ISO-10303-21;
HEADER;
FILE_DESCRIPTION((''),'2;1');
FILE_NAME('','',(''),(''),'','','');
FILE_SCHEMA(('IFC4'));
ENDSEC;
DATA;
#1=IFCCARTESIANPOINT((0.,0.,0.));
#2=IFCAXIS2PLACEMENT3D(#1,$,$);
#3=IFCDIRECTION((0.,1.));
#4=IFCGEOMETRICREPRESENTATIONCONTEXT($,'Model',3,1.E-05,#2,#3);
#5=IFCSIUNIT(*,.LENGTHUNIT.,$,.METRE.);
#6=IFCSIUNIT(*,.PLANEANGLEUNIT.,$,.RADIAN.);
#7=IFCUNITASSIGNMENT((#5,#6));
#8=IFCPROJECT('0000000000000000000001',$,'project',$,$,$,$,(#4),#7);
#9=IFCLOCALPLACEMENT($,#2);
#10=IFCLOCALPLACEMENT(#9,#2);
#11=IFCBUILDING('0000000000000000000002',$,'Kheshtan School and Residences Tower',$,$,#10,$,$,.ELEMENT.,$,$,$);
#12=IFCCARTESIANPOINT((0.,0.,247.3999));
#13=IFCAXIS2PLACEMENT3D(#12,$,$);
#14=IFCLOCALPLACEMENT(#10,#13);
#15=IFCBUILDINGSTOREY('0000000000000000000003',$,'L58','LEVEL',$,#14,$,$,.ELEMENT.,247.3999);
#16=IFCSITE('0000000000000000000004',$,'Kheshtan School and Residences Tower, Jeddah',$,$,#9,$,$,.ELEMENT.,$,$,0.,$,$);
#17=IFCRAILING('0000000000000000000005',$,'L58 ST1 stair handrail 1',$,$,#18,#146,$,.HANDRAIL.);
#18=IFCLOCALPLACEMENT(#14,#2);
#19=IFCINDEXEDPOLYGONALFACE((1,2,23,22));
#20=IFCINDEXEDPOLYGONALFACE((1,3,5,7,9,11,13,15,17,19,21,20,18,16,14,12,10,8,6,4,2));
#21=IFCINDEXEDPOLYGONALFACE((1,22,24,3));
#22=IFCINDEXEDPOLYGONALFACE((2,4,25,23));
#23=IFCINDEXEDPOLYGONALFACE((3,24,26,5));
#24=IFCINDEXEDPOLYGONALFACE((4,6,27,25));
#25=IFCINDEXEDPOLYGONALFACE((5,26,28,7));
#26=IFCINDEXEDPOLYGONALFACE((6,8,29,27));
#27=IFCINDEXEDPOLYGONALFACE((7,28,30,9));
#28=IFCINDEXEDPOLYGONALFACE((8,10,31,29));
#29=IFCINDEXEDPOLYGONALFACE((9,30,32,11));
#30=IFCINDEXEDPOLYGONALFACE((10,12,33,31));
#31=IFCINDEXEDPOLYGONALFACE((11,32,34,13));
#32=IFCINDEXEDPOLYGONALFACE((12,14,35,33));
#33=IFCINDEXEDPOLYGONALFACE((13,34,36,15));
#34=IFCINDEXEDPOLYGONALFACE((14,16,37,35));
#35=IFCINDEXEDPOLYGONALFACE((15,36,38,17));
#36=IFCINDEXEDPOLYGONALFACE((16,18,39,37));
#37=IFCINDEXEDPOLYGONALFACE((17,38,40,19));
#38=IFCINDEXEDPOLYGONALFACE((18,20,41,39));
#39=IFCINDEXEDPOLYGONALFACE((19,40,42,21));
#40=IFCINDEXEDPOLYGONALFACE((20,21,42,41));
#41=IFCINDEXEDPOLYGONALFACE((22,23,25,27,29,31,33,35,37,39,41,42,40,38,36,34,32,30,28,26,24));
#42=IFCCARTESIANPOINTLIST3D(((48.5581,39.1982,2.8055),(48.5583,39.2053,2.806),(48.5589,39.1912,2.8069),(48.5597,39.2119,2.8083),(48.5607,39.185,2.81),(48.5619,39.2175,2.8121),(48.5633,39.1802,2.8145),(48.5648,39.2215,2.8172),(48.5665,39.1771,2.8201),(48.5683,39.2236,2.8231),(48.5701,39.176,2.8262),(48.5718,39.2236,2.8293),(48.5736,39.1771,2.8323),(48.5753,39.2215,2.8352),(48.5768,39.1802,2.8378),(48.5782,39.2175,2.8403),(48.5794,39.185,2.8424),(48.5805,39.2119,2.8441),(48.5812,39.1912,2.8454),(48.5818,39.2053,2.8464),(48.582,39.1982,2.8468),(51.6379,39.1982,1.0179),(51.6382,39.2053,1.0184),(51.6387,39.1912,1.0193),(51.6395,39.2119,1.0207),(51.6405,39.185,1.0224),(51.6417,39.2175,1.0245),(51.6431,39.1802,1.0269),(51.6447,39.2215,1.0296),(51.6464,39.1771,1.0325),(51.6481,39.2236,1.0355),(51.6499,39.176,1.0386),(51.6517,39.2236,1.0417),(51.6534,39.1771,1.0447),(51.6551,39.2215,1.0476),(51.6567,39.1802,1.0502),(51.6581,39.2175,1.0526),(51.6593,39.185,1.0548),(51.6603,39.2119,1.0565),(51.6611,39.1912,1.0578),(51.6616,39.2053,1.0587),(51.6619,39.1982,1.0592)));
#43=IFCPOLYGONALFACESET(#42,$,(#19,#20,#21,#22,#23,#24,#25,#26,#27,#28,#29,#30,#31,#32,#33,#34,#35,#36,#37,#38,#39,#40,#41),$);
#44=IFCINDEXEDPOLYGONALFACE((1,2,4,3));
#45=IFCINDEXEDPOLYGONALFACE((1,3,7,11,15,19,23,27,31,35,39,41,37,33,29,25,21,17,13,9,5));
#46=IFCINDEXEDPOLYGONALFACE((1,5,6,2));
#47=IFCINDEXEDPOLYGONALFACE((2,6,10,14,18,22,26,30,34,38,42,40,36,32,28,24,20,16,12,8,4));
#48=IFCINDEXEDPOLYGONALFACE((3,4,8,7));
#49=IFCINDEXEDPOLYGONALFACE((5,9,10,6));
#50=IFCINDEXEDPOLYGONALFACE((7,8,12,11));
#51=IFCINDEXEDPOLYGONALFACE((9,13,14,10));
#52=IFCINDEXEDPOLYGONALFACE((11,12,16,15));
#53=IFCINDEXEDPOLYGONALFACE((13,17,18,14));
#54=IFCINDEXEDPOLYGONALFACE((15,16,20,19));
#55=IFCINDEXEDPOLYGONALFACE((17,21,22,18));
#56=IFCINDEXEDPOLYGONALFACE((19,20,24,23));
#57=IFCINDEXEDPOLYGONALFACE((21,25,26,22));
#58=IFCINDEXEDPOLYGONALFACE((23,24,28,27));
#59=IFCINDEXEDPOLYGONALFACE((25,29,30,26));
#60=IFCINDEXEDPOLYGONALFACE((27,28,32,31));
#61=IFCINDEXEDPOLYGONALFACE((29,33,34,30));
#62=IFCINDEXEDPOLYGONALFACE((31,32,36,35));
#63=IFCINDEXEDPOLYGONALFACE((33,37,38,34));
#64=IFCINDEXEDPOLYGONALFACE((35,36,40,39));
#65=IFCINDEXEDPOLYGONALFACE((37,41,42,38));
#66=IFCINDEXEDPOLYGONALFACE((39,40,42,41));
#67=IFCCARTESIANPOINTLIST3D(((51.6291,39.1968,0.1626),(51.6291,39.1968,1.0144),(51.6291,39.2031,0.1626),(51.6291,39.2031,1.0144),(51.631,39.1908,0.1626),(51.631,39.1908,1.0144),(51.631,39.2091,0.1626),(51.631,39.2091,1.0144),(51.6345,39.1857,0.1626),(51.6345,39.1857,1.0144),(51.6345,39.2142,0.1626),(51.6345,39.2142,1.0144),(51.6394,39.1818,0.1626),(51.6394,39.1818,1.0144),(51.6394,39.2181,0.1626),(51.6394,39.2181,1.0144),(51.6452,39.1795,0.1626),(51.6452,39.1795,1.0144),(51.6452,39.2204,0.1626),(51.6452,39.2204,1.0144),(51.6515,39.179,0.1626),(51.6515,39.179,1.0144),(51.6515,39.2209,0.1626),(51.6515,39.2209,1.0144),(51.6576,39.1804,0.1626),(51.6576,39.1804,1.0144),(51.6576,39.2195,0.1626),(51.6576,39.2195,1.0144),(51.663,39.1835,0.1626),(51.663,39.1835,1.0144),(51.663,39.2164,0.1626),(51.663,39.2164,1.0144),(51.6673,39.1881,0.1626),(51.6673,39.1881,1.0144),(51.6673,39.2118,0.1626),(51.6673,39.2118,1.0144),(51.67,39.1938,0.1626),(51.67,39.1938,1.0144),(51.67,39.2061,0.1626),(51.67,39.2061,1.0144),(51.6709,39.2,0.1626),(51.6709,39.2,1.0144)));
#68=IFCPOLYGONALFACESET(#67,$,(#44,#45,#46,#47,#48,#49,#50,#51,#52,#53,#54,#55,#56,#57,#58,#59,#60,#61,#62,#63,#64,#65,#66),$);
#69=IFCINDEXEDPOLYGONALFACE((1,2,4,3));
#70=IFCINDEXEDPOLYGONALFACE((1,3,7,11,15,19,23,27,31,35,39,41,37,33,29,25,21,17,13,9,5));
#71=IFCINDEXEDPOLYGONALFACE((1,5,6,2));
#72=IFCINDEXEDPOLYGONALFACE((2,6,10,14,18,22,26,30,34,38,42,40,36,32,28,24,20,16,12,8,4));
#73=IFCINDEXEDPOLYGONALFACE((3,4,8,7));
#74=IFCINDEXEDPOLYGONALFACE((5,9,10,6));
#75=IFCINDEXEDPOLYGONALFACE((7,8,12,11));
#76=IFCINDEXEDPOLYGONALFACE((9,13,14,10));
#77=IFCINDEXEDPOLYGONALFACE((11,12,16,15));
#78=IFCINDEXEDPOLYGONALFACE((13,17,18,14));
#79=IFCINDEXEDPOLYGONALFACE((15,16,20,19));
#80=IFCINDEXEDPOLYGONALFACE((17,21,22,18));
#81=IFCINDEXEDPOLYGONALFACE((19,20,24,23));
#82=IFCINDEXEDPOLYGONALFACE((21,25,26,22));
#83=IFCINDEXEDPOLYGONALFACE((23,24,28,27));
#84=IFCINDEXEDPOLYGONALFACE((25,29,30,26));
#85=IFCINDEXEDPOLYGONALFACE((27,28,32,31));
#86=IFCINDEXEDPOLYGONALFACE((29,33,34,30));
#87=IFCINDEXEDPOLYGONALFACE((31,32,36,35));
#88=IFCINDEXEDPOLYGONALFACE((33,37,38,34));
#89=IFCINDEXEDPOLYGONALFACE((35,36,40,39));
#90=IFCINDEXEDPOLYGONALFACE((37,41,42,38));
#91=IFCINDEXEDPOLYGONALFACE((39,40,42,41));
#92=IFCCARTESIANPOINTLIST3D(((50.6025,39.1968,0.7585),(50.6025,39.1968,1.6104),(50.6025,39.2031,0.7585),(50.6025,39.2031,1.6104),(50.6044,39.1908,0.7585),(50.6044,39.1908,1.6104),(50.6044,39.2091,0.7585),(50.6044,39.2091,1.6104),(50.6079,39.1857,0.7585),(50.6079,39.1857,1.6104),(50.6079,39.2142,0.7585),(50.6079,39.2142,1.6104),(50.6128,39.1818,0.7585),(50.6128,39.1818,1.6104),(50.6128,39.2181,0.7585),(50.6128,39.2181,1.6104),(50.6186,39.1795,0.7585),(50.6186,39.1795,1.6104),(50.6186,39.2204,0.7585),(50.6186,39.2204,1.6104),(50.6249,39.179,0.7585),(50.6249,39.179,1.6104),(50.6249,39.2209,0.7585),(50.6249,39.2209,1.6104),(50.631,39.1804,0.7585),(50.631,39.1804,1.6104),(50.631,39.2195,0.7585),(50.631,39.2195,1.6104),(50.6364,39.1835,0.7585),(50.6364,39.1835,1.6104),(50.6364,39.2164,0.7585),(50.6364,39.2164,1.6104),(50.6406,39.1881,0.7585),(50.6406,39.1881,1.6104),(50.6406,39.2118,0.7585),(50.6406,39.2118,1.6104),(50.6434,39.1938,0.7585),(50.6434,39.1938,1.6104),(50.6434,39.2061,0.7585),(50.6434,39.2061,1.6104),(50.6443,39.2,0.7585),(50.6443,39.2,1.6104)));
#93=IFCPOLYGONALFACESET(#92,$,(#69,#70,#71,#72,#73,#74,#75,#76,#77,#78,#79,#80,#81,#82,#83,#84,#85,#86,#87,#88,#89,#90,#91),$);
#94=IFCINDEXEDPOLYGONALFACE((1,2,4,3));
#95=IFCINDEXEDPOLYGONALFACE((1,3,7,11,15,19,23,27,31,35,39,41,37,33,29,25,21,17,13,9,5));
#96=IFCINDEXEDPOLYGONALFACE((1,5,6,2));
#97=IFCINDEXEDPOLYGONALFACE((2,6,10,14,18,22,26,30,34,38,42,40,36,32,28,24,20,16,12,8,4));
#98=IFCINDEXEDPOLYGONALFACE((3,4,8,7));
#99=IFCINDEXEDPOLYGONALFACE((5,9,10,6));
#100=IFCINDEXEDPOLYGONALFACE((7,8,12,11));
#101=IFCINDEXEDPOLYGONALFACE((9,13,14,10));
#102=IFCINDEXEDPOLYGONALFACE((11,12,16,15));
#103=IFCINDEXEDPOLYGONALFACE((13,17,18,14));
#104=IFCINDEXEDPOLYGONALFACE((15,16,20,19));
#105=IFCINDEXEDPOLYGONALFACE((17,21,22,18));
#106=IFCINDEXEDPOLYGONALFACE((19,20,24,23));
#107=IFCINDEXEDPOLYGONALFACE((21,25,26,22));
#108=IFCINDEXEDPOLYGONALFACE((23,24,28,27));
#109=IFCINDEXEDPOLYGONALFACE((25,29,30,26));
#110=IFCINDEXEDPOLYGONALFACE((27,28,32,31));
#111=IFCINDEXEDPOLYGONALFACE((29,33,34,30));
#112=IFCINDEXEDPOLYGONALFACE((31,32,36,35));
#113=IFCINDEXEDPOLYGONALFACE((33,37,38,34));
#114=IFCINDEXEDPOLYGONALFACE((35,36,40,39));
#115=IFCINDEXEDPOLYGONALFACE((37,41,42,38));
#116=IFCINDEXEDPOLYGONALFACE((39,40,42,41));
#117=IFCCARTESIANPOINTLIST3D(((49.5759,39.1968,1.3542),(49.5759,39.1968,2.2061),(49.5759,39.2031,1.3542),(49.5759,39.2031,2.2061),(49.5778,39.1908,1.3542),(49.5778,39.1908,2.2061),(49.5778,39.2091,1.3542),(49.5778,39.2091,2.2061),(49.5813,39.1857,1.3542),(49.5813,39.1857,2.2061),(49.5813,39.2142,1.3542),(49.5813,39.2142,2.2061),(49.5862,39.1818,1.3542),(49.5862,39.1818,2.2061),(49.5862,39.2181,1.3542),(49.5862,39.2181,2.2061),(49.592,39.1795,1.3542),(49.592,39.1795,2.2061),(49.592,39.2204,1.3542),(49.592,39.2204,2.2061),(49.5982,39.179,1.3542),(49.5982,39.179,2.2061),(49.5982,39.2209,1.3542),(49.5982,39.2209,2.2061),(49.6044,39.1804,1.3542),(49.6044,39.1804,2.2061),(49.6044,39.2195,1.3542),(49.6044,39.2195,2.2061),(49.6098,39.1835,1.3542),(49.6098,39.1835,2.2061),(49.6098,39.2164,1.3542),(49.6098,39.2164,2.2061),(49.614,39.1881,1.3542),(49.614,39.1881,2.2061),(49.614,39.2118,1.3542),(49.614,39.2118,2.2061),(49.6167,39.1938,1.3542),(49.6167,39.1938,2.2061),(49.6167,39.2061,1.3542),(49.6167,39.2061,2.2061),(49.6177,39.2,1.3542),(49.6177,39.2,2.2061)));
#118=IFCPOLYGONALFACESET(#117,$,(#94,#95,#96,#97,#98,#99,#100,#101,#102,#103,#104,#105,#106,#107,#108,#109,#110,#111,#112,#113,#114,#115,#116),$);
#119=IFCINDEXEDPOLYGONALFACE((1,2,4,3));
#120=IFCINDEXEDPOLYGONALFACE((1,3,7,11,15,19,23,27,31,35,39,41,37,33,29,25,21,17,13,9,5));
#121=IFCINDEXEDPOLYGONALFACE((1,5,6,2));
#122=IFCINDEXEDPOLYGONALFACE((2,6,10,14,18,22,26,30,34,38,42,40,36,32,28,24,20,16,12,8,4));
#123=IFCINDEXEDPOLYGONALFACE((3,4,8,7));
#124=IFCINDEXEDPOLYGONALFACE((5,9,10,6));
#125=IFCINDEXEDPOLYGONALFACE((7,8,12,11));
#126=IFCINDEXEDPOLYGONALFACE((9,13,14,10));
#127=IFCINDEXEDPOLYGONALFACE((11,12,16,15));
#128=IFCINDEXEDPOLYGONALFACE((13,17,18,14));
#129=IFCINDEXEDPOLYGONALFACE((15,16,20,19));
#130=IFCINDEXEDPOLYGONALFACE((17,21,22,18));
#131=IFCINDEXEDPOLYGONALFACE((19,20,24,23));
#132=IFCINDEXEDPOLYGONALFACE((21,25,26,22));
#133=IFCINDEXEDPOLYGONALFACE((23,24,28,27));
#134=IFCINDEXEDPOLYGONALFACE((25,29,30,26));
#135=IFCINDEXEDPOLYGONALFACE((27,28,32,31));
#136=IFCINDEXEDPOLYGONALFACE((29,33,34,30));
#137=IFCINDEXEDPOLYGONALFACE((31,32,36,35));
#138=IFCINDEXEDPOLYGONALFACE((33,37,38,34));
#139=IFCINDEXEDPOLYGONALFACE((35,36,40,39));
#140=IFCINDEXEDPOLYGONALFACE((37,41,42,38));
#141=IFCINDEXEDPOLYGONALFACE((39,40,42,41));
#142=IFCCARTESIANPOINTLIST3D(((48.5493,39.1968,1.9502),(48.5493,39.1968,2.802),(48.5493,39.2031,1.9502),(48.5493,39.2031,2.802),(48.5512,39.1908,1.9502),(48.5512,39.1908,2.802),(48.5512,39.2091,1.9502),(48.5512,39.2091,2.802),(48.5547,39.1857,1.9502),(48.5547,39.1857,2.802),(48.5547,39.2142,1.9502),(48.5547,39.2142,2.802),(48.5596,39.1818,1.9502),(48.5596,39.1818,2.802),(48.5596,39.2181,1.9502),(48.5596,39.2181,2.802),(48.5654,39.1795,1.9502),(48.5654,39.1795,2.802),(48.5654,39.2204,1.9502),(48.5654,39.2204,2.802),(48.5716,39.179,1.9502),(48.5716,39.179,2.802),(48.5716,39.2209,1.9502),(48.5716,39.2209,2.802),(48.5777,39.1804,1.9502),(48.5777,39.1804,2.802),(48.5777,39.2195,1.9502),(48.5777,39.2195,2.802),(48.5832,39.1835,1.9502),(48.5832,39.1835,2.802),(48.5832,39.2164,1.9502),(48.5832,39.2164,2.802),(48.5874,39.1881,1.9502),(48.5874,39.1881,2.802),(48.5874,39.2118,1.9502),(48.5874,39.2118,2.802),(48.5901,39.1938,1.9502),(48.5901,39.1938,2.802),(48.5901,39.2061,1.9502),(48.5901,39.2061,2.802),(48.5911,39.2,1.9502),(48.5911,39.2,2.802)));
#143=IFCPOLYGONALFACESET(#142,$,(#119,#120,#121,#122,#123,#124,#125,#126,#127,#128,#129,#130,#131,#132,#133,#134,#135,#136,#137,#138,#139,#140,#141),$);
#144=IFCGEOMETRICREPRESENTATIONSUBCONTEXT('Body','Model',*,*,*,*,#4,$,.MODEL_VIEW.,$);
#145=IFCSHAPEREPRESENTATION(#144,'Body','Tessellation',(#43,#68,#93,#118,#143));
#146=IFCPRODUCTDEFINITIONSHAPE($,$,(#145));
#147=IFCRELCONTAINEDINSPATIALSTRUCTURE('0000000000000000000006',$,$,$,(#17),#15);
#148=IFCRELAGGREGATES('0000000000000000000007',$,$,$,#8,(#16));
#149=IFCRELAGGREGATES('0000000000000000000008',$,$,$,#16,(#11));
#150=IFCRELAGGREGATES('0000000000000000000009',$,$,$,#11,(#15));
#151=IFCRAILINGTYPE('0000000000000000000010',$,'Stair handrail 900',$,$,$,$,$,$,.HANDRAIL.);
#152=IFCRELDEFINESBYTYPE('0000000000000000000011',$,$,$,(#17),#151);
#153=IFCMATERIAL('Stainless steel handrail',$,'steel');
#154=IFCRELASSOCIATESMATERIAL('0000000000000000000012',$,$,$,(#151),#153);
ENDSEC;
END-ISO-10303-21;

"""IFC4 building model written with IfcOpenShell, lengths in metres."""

from ifc_helpers import new_model, si_unit, direction, frame, origin, origin_2d, place, context, subcontext, project, spatial, circle, extrude, material, type_object, element, save


model = new_model("IFC4")

# Units and contexts
model_context = context("Model", 3, precision=1e-05, world=origin(), true_north=direction((0.0, 1.0)))
body_context = subcontext(model_context, "Body", "Model", "MODEL_VIEW")
ifc_project = project(units=[si_unit("LENGTHUNIT", "METRE"), si_unit("PLANEANGLEUNIT", "RADIAN")], contexts=[model_context])

# Site, building, storey
site_placement = place(None, origin())
site = spatial("IfcSite", under=ifc_project, at=site_placement, Name="Kheshtan School and Residences Tower, Jeddah", CompositionType="ELEMENT", RefElevation=0.0)
building_placement = place(site_placement, origin())
building = spatial("IfcBuilding", under=site, at=building_placement, Name="Kheshtan School and Residences Tower", CompositionType="ELEMENT")
storey_placement = place(building_placement, frame((0.0, 0.0, 247.3999)))
storey = spatial("IfcBuildingStorey", under=building, at=storey_placement, Name="L58", Description="LEVEL", CompositionType="ELEMENT", Elevation=247.3999)

# Railing
ifc_material_1 = material(Name="Stainless steel handrail", Category="steel")
railing_type_1 = type_object("IfcRailingType", Name="Stair handrail 900", PredefinedType="HANDRAIL", material=ifc_material_1)
railing_1_placement = place(storey_placement, frame((51.6499, 39.2, 0.1626)))
element("IfcRailing", 1, at=railing_1_placement, inside=storey, type_object=railing_type_1, Name="L58 ST1 stair handrail 1", PredefinedType="HANDRAIL", context=body_context, shape_type="SweptSolid", body=[
    extrude(circle(Radius=0.0239, at=origin_2d()), frame((0.0, 0.0, 0.876), z_axis=(-0.864873, 0.0, 0.50199), x_axis=(0.0, -1.0, 0.0)), (0.0, 0.0, 1.0), 3.561),
    extrude(circle(Radius=0.021, at=origin_2d()), origin(), (0.0, 0.0, 1.0), 0.8518),
    extrude(circle(Radius=0.021, at=origin_2d()), frame((-1.0266, 0.0, 0.5959)), (0.0, 0.0, 1.0), 0.8518),
    extrude(circle(Radius=0.021, at=origin_2d()), frame((-2.0532, 0.0, 1.1917)), (0.0, 0.0, 1.0), 0.8518),
    extrude(circle(Radius=0.021, at=origin_2d()), frame((-3.0798, 0.0, 1.7876)), (0.0, 0.0, 1.0), 0.8518),
])

save(model, "model.ifc")
